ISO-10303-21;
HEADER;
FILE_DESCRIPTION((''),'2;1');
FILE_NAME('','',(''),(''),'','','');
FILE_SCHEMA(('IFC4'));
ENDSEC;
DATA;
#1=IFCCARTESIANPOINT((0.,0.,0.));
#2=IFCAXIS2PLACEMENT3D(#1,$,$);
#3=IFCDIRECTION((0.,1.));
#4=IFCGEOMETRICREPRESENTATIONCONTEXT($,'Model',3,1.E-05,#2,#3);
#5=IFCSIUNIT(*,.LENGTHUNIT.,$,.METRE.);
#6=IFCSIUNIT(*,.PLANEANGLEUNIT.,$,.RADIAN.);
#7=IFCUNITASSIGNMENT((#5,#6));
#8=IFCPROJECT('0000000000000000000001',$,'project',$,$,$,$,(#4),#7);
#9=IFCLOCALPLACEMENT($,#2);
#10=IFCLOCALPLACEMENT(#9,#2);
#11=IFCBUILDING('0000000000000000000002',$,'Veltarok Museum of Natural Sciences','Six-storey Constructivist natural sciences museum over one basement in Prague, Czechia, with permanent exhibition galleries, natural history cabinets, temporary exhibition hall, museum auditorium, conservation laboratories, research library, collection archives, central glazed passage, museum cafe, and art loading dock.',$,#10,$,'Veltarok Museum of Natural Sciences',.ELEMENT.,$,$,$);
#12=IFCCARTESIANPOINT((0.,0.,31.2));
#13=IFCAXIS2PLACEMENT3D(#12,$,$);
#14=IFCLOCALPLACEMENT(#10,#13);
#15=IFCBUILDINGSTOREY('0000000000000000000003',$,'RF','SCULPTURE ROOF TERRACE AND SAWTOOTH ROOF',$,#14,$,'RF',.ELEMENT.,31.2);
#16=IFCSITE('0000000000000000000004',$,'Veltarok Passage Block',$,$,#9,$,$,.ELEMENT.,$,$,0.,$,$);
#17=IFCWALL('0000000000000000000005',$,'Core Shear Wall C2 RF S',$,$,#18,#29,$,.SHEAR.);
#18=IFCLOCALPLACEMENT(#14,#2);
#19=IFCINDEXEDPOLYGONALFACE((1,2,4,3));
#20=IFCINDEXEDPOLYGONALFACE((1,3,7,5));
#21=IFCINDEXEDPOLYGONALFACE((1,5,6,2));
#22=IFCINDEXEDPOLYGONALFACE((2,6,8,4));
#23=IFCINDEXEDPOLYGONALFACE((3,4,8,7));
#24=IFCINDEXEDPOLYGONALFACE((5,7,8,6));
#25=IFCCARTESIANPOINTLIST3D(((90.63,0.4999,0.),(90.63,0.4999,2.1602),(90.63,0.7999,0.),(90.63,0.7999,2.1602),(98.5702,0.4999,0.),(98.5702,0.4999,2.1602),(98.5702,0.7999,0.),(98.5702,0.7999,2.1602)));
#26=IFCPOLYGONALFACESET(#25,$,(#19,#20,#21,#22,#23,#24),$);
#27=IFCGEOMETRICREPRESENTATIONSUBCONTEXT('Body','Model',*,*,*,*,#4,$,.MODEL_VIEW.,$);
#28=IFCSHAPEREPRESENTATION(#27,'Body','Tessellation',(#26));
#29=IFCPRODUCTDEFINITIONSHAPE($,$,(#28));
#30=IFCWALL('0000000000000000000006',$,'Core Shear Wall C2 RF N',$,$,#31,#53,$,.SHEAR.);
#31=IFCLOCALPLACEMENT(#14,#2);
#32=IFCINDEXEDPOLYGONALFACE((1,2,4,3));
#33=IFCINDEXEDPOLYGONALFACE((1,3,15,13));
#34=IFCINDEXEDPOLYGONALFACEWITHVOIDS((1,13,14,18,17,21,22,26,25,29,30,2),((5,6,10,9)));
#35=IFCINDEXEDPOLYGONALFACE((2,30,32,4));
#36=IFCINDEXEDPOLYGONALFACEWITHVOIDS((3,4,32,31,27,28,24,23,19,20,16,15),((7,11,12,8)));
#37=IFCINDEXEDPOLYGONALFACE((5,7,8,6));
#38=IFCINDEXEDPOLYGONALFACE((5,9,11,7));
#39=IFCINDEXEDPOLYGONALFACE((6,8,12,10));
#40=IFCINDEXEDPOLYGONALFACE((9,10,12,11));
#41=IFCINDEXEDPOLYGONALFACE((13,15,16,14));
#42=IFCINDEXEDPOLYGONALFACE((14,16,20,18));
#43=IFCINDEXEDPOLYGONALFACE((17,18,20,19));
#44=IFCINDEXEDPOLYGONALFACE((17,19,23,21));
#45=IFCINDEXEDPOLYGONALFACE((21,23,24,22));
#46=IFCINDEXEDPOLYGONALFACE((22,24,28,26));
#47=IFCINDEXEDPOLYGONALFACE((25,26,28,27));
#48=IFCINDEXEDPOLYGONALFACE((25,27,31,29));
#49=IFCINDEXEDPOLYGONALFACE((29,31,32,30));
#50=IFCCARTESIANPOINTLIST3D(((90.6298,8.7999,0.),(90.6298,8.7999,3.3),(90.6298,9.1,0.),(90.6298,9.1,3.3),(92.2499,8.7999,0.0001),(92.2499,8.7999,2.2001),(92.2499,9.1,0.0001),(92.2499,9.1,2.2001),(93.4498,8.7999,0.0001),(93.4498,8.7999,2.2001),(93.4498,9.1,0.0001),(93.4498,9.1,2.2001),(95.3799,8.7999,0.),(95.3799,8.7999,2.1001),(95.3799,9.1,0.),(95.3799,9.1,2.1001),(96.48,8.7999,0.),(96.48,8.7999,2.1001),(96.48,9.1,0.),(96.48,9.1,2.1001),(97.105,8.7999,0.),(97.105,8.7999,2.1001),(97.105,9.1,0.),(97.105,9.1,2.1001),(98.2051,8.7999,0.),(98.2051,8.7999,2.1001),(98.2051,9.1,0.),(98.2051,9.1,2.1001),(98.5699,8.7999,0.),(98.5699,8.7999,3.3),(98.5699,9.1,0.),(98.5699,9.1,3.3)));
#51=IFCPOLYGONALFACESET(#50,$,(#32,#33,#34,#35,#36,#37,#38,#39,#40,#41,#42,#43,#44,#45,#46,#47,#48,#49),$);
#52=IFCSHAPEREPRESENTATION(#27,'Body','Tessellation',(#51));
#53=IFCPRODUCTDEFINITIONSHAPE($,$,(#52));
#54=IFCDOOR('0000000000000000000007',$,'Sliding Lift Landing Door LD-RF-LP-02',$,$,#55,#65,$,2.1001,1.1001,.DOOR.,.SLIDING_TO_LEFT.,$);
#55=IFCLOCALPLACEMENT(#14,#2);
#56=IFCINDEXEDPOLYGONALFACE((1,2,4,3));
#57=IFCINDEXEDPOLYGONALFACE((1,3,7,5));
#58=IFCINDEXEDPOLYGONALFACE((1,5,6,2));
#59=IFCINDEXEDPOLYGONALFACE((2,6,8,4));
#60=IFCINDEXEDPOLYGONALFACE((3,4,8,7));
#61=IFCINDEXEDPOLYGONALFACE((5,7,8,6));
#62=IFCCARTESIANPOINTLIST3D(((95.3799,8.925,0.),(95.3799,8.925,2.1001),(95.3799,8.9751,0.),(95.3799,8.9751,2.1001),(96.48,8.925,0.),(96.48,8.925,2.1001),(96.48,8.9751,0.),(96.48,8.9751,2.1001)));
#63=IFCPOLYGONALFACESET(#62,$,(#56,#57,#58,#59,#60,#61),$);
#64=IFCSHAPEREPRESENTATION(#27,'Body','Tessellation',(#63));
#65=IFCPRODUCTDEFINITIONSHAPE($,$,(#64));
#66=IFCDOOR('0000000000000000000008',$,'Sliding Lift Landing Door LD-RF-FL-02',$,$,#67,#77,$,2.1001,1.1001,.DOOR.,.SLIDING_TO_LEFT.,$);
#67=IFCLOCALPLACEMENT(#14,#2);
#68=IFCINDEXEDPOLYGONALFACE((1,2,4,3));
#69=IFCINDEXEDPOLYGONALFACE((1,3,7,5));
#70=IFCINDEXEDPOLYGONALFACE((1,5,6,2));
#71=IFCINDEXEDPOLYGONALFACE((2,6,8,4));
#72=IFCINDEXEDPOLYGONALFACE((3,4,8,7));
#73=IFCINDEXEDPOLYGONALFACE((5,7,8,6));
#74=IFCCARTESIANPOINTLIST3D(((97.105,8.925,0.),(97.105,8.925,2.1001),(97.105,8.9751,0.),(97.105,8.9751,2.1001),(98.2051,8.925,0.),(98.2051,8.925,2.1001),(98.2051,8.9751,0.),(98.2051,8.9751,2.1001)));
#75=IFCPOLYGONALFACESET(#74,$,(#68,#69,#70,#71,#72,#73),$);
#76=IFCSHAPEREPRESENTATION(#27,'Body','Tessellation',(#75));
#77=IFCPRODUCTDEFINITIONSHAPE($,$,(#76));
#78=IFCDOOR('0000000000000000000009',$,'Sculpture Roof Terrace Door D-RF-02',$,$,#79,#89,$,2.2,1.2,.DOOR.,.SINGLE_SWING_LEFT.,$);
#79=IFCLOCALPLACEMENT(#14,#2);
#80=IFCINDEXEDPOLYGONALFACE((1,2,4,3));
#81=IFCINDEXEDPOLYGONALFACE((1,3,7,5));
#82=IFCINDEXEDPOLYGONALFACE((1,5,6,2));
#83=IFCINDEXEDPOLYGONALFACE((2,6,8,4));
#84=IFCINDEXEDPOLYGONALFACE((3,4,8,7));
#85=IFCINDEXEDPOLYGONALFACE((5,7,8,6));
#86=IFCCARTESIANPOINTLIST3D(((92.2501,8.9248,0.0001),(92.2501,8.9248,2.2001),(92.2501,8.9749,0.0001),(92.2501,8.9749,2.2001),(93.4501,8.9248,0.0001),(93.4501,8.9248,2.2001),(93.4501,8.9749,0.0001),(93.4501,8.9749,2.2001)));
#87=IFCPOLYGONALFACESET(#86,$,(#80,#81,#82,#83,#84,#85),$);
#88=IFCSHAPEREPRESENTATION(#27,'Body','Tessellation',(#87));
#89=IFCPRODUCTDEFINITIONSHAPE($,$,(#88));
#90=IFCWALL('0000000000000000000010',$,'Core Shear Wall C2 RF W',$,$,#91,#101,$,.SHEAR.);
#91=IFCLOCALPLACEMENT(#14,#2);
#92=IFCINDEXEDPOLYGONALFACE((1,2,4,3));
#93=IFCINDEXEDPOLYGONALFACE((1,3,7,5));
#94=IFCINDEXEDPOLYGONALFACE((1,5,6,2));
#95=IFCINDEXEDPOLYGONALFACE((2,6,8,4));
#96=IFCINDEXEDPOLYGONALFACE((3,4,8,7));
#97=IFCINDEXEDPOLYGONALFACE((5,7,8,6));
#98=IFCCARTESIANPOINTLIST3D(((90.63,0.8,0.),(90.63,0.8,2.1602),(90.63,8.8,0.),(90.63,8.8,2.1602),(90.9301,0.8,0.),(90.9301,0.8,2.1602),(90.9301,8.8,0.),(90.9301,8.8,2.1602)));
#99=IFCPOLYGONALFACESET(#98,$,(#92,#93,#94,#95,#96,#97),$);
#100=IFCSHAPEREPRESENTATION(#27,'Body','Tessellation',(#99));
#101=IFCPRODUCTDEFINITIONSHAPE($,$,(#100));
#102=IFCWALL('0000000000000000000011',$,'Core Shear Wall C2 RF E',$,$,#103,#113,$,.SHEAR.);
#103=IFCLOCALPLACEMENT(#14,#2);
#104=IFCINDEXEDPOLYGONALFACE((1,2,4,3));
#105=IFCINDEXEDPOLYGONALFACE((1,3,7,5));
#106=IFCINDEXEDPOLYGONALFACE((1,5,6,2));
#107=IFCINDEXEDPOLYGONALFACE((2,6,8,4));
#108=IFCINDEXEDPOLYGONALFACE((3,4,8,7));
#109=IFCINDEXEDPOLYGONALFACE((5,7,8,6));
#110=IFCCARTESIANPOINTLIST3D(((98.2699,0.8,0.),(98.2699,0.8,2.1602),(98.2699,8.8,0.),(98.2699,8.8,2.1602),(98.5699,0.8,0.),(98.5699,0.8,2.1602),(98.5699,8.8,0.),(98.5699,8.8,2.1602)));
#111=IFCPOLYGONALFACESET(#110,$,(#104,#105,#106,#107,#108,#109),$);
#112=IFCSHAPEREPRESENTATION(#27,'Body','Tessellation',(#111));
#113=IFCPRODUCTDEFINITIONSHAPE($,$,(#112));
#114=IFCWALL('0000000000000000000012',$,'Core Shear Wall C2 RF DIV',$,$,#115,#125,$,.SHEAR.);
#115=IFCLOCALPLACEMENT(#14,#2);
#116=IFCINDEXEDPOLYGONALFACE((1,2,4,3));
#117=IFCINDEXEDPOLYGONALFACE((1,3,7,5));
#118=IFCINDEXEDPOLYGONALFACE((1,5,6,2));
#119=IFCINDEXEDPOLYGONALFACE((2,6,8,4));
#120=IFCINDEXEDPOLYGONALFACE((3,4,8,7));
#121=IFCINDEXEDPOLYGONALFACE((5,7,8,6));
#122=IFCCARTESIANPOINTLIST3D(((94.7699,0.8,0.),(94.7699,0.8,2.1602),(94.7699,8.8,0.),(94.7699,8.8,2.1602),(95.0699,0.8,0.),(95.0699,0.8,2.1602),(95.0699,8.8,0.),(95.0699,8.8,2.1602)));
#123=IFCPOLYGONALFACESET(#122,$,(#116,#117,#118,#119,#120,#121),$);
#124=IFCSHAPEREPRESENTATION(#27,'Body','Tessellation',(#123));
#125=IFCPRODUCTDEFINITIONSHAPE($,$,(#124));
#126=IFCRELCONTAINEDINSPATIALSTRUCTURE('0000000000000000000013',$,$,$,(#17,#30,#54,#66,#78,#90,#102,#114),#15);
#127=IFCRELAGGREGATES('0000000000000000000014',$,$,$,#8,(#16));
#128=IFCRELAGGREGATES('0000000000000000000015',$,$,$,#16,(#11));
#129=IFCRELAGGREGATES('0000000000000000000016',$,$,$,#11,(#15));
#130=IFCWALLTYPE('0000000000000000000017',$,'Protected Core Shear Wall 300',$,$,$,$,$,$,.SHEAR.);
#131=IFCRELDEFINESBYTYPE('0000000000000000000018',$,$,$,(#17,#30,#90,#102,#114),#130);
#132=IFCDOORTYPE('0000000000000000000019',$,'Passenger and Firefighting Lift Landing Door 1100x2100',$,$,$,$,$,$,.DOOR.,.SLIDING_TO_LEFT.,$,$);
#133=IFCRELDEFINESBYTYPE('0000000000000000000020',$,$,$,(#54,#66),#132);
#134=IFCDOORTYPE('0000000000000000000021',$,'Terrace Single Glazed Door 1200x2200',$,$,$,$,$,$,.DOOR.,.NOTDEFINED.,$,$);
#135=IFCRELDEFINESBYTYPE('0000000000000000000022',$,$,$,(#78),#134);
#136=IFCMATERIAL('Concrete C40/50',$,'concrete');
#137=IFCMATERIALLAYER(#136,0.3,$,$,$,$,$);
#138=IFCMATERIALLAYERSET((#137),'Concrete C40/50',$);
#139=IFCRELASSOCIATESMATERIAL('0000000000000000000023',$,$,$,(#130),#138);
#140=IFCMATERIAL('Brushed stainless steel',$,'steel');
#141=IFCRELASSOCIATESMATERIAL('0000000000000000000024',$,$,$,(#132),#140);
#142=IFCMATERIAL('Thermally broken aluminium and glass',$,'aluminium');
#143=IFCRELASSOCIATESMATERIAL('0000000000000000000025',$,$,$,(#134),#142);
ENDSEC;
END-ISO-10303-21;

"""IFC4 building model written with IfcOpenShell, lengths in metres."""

from ifc_helpers import new_model, si_unit, direction, frame, frame_2d, origin, place, context, subcontext, project, spatial, rectangle, extrude, material, layer, layer_set, type_object, element, fill, save


model = new_model("IFC4")

# Units and contexts
model_context = context("Model", 3, precision=1e-05, world=origin(), true_north=direction((0.0, 1.0)))
body_context = subcontext(model_context, "Body", "Model", "MODEL_VIEW")
ifc_project = project(units=[si_unit("LENGTHUNIT", "METRE"), si_unit("PLANEANGLEUNIT", "RADIAN")], contexts=[model_context])

# Site, building, storey
site_placement = place(None, origin())
site = spatial("IfcSite", under=ifc_project, at=site_placement, Name="Veltarok Passage Block", CompositionType="ELEMENT", RefElevation=0.0)
building_placement = place(site_placement, origin())
building = spatial("IfcBuilding", under=site, at=building_placement, Name="Veltarok Museum of Natural Sciences", Description="Six-storey Constructivist natural sciences museum over one basement in Prague, Czechia, with permanent exhibition galleries, natural history cabinets, temporary exhibition hall, museum auditorium, conservation laboratories, research library, collection archives, central glazed passage, museum cafe, and art loading dock.", LongName="Veltarok Museum of Natural Sciences", CompositionType="ELEMENT")
storey_placement = place(building_placement, frame((0.0, 0.0, 31.2)))
storey = spatial("IfcBuildingStorey", under=building, at=storey_placement, Name="RF", Description="SCULPTURE ROOF TERRACE AND SAWTOOTH ROOF", LongName="RF", CompositionType="ELEMENT", Elevation=31.2)

# Shared definitions
ifc_material_1 = material(Name="Concrete C40/50", Category="concrete")

# Wall
ifc_layer_1 = layer(ifc_material_1, 0.3)
ifc_layer_set_1 = layer_set([ifc_layer_1], Name="Concrete C40/50")
wall_type_1 = type_object("IfcWallType", Name="Protected Core Shear Wall 300", PredefinedType="SHEAR", material=ifc_layer_set_1)
wall_1_placement = place(storey_placement, frame((90.6299, 0.6499, 0.0), z_axis=(0.0, 0.0, 1.0), x_axis=(1.0, 0.0, 0.0)))
element("IfcWall", 1, at=wall_1_placement, inside=storey, type_object=wall_type_1, Name="Core Shear Wall C2 RF S", PredefinedType="SHEAR", context=body_context, shape_type="SweptSolid", body=[
    extrude(rectangle(XDim=7.9402, YDim=0.3, at=frame_2d((3.9702, 0.0))), origin(), (0.0, 0.0, 1.0), 2.1602),
])

# Wall, openings, doors
wall_2_placement = place(storey_placement, frame((98.5701, 8.95, 0.0), z_axis=(0.0, 0.0, 1.0), x_axis=(-1.0, 0.0, 0.0)))
wall_2 = element("IfcWall", 2, at=wall_2_placement, inside=storey, type_object=wall_type_1, Name="Core Shear Wall C2 RF N", PredefinedType="SHEAR", context=body_context, shape_type="SweptSolid", body=[
    extrude(rectangle(XDim=7.9402, YDim=0.3, at=frame_2d((3.9702, 0.0))), origin(), (0.0, 0.0, 1.0), 3.3),
])
opening_1_placement = place(wall_2_placement, frame((5.1201, 0.0, 0.0)))
opening_1 = element("IfcOpeningElement", 3, at=opening_1_placement, cuts=wall_2, PredefinedType="OPENING", context=body_context, shape_type="SweptSolid", body=[
    extrude(rectangle(XDim=1.2, YDim=2.2, at=frame_2d((0.6001, 1.1001))), frame((0.0, 0.1602, 0.0), z_axis=(0.0, -1.0, 0.0), x_axis=(1.0, 0.0, 0.0)), (0.0, 0.0, 1.0), 0.3201),
])
opening_2_placement = place(wall_2_placement, frame((2.0901, 0.0, 0.0)))
opening_2 = element("IfcOpeningElement", 4, at=opening_2_placement, cuts=wall_2, PredefinedType="OPENING", context=body_context, shape_type="SweptSolid", body=[
    extrude(rectangle(XDim=1.1001, YDim=2.1001, at=frame_2d((0.55, 1.05))), frame((0.0, 0.1602, 0.0), z_axis=(0.0, -1.0, 0.0), x_axis=(1.0, 0.0, 0.0)), (0.0, 0.0, 1.0), 0.3201),
])
opening_3_placement = place(wall_2_placement, frame((0.365, 0.0, 0.0)))
opening_3 = element("IfcOpeningElement", 5, at=opening_3_placement, cuts=wall_2, PredefinedType="OPENING", context=body_context, shape_type="SweptSolid", body=[
    extrude(rectangle(XDim=1.1001, YDim=2.1001, at=frame_2d((0.55, 1.05))), frame((0.0, 0.1602, 0.0), z_axis=(0.0, -1.0, 0.0), x_axis=(1.0, 0.0, 0.0)), (0.0, 0.0, 1.0), 0.3201),
])
ifc_material_2 = material(Name="Brushed stainless steel", Category="steel")
door_type_1 = type_object("IfcDoorType", Name="Passenger and Firefighting Lift Landing Door 1100x2100", OperationType="SLIDING_TO_LEFT", PredefinedType="DOOR", material=ifc_material_2)
door_1_placement = place(opening_2_placement, origin())
door_1 = element("IfcDoor", 6, at=door_1_placement, inside=storey, type_object=door_type_1, Name="Sliding Lift Landing Door LD-RF-LP-02", OperationType="SLIDING_TO_LEFT", OverallHeight=2.1001, OverallWidth=1.1001, PredefinedType="DOOR", context=body_context, shape_type="SweptSolid", body=[
    extrude(rectangle(XDim=1.1001, YDim=2.1001, at=frame_2d((0.55, 1.05))), frame((0.0, 0.0249, 0.0), z_axis=(0.0, -1.0, 0.0), x_axis=(1.0, 0.0, 0.0)), (0.0, 0.0, 1.0), 0.05),
])
fill(opening_2, door_1)
door_2_placement = place(opening_3_placement, origin())
door_2 = element("IfcDoor", 7, at=door_2_placement, inside=storey, type_object=door_type_1, Name="Sliding Lift Landing Door LD-RF-FL-02", OperationType="SLIDING_TO_LEFT", OverallHeight=2.1001, OverallWidth=1.1001, PredefinedType="DOOR", context=body_context, shape_type="SweptSolid", body=[
    extrude(rectangle(XDim=1.1001, YDim=2.1001, at=frame_2d((0.55, 1.05))), frame((0.0, 0.0249, 0.0), z_axis=(0.0, -1.0, 0.0), x_axis=(1.0, 0.0, 0.0)), (0.0, 0.0, 1.0), 0.05),
])
fill(opening_3, door_2)
ifc_material_3 = material(Name="Thermally broken aluminium and glass", Category="aluminium")
door_type_2 = type_object("IfcDoorType", Name="Terrace Single Glazed Door 1200x2200", OperationType="NOTDEFINED", PredefinedType="DOOR", material=ifc_material_3)
door_3_placement = place(opening_1_placement, frame((1.2, 0.0, 0.0), z_axis=(0.0, 0.0, 1.0), x_axis=(-1.0, 0.0, 0.0)))
door_3 = element("IfcDoor", 8, at=door_3_placement, inside=storey, type_object=door_type_2, Name="Sculpture Roof Terrace Door D-RF-02", OperationType="SINGLE_SWING_LEFT", OverallHeight=2.2, OverallWidth=1.2, PredefinedType="DOOR", context=body_context, shape_type="SweptSolid", body=[
    extrude(rectangle(XDim=1.2, YDim=2.2, at=frame_2d((0.6001, 1.1001))), frame((0.0, 0.0249, 0.0), z_axis=(0.0, -1.0, 0.0), x_axis=(1.0, 0.0, 0.0)), (0.0, 0.0, 1.0), 0.05),
])
fill(opening_1, door_3)

# Walls
for number, where, z_axis, x_axis, name in (
    (9, (90.78, 8.8, 0.0), (0.0, 0.0, 1.0), (0.0, -1.0, 0.0), "Core Shear Wall C2 RF W"),
    (10, (98.4199, 0.8, 0.0), (0.0, 0.0, 1.0), (0.0, 1.0, 0.0), "Core Shear Wall C2 RF E"),
    (11, (94.9199, 0.8, 0.0), (0.0, 0.0, 1.0), (0.0, 1.0, 0.0), "Core Shear Wall C2 RF DIV"),
):
    element("IfcWall", number, at=place(storey_placement, frame(where, z_axis=z_axis, x_axis=x_axis)), inside=storey, type_object=wall_type_1, Name=name, PredefinedType="SHEAR", context=body_context, shape_type="SweptSolid", body=[
        extrude(rectangle(XDim=8.0, YDim=0.3, at=frame_2d((4.0, 0.0))), origin(), (0.0, 0.0, 1.0), 2.1602),
    ])

save(model, "model.ifc")
